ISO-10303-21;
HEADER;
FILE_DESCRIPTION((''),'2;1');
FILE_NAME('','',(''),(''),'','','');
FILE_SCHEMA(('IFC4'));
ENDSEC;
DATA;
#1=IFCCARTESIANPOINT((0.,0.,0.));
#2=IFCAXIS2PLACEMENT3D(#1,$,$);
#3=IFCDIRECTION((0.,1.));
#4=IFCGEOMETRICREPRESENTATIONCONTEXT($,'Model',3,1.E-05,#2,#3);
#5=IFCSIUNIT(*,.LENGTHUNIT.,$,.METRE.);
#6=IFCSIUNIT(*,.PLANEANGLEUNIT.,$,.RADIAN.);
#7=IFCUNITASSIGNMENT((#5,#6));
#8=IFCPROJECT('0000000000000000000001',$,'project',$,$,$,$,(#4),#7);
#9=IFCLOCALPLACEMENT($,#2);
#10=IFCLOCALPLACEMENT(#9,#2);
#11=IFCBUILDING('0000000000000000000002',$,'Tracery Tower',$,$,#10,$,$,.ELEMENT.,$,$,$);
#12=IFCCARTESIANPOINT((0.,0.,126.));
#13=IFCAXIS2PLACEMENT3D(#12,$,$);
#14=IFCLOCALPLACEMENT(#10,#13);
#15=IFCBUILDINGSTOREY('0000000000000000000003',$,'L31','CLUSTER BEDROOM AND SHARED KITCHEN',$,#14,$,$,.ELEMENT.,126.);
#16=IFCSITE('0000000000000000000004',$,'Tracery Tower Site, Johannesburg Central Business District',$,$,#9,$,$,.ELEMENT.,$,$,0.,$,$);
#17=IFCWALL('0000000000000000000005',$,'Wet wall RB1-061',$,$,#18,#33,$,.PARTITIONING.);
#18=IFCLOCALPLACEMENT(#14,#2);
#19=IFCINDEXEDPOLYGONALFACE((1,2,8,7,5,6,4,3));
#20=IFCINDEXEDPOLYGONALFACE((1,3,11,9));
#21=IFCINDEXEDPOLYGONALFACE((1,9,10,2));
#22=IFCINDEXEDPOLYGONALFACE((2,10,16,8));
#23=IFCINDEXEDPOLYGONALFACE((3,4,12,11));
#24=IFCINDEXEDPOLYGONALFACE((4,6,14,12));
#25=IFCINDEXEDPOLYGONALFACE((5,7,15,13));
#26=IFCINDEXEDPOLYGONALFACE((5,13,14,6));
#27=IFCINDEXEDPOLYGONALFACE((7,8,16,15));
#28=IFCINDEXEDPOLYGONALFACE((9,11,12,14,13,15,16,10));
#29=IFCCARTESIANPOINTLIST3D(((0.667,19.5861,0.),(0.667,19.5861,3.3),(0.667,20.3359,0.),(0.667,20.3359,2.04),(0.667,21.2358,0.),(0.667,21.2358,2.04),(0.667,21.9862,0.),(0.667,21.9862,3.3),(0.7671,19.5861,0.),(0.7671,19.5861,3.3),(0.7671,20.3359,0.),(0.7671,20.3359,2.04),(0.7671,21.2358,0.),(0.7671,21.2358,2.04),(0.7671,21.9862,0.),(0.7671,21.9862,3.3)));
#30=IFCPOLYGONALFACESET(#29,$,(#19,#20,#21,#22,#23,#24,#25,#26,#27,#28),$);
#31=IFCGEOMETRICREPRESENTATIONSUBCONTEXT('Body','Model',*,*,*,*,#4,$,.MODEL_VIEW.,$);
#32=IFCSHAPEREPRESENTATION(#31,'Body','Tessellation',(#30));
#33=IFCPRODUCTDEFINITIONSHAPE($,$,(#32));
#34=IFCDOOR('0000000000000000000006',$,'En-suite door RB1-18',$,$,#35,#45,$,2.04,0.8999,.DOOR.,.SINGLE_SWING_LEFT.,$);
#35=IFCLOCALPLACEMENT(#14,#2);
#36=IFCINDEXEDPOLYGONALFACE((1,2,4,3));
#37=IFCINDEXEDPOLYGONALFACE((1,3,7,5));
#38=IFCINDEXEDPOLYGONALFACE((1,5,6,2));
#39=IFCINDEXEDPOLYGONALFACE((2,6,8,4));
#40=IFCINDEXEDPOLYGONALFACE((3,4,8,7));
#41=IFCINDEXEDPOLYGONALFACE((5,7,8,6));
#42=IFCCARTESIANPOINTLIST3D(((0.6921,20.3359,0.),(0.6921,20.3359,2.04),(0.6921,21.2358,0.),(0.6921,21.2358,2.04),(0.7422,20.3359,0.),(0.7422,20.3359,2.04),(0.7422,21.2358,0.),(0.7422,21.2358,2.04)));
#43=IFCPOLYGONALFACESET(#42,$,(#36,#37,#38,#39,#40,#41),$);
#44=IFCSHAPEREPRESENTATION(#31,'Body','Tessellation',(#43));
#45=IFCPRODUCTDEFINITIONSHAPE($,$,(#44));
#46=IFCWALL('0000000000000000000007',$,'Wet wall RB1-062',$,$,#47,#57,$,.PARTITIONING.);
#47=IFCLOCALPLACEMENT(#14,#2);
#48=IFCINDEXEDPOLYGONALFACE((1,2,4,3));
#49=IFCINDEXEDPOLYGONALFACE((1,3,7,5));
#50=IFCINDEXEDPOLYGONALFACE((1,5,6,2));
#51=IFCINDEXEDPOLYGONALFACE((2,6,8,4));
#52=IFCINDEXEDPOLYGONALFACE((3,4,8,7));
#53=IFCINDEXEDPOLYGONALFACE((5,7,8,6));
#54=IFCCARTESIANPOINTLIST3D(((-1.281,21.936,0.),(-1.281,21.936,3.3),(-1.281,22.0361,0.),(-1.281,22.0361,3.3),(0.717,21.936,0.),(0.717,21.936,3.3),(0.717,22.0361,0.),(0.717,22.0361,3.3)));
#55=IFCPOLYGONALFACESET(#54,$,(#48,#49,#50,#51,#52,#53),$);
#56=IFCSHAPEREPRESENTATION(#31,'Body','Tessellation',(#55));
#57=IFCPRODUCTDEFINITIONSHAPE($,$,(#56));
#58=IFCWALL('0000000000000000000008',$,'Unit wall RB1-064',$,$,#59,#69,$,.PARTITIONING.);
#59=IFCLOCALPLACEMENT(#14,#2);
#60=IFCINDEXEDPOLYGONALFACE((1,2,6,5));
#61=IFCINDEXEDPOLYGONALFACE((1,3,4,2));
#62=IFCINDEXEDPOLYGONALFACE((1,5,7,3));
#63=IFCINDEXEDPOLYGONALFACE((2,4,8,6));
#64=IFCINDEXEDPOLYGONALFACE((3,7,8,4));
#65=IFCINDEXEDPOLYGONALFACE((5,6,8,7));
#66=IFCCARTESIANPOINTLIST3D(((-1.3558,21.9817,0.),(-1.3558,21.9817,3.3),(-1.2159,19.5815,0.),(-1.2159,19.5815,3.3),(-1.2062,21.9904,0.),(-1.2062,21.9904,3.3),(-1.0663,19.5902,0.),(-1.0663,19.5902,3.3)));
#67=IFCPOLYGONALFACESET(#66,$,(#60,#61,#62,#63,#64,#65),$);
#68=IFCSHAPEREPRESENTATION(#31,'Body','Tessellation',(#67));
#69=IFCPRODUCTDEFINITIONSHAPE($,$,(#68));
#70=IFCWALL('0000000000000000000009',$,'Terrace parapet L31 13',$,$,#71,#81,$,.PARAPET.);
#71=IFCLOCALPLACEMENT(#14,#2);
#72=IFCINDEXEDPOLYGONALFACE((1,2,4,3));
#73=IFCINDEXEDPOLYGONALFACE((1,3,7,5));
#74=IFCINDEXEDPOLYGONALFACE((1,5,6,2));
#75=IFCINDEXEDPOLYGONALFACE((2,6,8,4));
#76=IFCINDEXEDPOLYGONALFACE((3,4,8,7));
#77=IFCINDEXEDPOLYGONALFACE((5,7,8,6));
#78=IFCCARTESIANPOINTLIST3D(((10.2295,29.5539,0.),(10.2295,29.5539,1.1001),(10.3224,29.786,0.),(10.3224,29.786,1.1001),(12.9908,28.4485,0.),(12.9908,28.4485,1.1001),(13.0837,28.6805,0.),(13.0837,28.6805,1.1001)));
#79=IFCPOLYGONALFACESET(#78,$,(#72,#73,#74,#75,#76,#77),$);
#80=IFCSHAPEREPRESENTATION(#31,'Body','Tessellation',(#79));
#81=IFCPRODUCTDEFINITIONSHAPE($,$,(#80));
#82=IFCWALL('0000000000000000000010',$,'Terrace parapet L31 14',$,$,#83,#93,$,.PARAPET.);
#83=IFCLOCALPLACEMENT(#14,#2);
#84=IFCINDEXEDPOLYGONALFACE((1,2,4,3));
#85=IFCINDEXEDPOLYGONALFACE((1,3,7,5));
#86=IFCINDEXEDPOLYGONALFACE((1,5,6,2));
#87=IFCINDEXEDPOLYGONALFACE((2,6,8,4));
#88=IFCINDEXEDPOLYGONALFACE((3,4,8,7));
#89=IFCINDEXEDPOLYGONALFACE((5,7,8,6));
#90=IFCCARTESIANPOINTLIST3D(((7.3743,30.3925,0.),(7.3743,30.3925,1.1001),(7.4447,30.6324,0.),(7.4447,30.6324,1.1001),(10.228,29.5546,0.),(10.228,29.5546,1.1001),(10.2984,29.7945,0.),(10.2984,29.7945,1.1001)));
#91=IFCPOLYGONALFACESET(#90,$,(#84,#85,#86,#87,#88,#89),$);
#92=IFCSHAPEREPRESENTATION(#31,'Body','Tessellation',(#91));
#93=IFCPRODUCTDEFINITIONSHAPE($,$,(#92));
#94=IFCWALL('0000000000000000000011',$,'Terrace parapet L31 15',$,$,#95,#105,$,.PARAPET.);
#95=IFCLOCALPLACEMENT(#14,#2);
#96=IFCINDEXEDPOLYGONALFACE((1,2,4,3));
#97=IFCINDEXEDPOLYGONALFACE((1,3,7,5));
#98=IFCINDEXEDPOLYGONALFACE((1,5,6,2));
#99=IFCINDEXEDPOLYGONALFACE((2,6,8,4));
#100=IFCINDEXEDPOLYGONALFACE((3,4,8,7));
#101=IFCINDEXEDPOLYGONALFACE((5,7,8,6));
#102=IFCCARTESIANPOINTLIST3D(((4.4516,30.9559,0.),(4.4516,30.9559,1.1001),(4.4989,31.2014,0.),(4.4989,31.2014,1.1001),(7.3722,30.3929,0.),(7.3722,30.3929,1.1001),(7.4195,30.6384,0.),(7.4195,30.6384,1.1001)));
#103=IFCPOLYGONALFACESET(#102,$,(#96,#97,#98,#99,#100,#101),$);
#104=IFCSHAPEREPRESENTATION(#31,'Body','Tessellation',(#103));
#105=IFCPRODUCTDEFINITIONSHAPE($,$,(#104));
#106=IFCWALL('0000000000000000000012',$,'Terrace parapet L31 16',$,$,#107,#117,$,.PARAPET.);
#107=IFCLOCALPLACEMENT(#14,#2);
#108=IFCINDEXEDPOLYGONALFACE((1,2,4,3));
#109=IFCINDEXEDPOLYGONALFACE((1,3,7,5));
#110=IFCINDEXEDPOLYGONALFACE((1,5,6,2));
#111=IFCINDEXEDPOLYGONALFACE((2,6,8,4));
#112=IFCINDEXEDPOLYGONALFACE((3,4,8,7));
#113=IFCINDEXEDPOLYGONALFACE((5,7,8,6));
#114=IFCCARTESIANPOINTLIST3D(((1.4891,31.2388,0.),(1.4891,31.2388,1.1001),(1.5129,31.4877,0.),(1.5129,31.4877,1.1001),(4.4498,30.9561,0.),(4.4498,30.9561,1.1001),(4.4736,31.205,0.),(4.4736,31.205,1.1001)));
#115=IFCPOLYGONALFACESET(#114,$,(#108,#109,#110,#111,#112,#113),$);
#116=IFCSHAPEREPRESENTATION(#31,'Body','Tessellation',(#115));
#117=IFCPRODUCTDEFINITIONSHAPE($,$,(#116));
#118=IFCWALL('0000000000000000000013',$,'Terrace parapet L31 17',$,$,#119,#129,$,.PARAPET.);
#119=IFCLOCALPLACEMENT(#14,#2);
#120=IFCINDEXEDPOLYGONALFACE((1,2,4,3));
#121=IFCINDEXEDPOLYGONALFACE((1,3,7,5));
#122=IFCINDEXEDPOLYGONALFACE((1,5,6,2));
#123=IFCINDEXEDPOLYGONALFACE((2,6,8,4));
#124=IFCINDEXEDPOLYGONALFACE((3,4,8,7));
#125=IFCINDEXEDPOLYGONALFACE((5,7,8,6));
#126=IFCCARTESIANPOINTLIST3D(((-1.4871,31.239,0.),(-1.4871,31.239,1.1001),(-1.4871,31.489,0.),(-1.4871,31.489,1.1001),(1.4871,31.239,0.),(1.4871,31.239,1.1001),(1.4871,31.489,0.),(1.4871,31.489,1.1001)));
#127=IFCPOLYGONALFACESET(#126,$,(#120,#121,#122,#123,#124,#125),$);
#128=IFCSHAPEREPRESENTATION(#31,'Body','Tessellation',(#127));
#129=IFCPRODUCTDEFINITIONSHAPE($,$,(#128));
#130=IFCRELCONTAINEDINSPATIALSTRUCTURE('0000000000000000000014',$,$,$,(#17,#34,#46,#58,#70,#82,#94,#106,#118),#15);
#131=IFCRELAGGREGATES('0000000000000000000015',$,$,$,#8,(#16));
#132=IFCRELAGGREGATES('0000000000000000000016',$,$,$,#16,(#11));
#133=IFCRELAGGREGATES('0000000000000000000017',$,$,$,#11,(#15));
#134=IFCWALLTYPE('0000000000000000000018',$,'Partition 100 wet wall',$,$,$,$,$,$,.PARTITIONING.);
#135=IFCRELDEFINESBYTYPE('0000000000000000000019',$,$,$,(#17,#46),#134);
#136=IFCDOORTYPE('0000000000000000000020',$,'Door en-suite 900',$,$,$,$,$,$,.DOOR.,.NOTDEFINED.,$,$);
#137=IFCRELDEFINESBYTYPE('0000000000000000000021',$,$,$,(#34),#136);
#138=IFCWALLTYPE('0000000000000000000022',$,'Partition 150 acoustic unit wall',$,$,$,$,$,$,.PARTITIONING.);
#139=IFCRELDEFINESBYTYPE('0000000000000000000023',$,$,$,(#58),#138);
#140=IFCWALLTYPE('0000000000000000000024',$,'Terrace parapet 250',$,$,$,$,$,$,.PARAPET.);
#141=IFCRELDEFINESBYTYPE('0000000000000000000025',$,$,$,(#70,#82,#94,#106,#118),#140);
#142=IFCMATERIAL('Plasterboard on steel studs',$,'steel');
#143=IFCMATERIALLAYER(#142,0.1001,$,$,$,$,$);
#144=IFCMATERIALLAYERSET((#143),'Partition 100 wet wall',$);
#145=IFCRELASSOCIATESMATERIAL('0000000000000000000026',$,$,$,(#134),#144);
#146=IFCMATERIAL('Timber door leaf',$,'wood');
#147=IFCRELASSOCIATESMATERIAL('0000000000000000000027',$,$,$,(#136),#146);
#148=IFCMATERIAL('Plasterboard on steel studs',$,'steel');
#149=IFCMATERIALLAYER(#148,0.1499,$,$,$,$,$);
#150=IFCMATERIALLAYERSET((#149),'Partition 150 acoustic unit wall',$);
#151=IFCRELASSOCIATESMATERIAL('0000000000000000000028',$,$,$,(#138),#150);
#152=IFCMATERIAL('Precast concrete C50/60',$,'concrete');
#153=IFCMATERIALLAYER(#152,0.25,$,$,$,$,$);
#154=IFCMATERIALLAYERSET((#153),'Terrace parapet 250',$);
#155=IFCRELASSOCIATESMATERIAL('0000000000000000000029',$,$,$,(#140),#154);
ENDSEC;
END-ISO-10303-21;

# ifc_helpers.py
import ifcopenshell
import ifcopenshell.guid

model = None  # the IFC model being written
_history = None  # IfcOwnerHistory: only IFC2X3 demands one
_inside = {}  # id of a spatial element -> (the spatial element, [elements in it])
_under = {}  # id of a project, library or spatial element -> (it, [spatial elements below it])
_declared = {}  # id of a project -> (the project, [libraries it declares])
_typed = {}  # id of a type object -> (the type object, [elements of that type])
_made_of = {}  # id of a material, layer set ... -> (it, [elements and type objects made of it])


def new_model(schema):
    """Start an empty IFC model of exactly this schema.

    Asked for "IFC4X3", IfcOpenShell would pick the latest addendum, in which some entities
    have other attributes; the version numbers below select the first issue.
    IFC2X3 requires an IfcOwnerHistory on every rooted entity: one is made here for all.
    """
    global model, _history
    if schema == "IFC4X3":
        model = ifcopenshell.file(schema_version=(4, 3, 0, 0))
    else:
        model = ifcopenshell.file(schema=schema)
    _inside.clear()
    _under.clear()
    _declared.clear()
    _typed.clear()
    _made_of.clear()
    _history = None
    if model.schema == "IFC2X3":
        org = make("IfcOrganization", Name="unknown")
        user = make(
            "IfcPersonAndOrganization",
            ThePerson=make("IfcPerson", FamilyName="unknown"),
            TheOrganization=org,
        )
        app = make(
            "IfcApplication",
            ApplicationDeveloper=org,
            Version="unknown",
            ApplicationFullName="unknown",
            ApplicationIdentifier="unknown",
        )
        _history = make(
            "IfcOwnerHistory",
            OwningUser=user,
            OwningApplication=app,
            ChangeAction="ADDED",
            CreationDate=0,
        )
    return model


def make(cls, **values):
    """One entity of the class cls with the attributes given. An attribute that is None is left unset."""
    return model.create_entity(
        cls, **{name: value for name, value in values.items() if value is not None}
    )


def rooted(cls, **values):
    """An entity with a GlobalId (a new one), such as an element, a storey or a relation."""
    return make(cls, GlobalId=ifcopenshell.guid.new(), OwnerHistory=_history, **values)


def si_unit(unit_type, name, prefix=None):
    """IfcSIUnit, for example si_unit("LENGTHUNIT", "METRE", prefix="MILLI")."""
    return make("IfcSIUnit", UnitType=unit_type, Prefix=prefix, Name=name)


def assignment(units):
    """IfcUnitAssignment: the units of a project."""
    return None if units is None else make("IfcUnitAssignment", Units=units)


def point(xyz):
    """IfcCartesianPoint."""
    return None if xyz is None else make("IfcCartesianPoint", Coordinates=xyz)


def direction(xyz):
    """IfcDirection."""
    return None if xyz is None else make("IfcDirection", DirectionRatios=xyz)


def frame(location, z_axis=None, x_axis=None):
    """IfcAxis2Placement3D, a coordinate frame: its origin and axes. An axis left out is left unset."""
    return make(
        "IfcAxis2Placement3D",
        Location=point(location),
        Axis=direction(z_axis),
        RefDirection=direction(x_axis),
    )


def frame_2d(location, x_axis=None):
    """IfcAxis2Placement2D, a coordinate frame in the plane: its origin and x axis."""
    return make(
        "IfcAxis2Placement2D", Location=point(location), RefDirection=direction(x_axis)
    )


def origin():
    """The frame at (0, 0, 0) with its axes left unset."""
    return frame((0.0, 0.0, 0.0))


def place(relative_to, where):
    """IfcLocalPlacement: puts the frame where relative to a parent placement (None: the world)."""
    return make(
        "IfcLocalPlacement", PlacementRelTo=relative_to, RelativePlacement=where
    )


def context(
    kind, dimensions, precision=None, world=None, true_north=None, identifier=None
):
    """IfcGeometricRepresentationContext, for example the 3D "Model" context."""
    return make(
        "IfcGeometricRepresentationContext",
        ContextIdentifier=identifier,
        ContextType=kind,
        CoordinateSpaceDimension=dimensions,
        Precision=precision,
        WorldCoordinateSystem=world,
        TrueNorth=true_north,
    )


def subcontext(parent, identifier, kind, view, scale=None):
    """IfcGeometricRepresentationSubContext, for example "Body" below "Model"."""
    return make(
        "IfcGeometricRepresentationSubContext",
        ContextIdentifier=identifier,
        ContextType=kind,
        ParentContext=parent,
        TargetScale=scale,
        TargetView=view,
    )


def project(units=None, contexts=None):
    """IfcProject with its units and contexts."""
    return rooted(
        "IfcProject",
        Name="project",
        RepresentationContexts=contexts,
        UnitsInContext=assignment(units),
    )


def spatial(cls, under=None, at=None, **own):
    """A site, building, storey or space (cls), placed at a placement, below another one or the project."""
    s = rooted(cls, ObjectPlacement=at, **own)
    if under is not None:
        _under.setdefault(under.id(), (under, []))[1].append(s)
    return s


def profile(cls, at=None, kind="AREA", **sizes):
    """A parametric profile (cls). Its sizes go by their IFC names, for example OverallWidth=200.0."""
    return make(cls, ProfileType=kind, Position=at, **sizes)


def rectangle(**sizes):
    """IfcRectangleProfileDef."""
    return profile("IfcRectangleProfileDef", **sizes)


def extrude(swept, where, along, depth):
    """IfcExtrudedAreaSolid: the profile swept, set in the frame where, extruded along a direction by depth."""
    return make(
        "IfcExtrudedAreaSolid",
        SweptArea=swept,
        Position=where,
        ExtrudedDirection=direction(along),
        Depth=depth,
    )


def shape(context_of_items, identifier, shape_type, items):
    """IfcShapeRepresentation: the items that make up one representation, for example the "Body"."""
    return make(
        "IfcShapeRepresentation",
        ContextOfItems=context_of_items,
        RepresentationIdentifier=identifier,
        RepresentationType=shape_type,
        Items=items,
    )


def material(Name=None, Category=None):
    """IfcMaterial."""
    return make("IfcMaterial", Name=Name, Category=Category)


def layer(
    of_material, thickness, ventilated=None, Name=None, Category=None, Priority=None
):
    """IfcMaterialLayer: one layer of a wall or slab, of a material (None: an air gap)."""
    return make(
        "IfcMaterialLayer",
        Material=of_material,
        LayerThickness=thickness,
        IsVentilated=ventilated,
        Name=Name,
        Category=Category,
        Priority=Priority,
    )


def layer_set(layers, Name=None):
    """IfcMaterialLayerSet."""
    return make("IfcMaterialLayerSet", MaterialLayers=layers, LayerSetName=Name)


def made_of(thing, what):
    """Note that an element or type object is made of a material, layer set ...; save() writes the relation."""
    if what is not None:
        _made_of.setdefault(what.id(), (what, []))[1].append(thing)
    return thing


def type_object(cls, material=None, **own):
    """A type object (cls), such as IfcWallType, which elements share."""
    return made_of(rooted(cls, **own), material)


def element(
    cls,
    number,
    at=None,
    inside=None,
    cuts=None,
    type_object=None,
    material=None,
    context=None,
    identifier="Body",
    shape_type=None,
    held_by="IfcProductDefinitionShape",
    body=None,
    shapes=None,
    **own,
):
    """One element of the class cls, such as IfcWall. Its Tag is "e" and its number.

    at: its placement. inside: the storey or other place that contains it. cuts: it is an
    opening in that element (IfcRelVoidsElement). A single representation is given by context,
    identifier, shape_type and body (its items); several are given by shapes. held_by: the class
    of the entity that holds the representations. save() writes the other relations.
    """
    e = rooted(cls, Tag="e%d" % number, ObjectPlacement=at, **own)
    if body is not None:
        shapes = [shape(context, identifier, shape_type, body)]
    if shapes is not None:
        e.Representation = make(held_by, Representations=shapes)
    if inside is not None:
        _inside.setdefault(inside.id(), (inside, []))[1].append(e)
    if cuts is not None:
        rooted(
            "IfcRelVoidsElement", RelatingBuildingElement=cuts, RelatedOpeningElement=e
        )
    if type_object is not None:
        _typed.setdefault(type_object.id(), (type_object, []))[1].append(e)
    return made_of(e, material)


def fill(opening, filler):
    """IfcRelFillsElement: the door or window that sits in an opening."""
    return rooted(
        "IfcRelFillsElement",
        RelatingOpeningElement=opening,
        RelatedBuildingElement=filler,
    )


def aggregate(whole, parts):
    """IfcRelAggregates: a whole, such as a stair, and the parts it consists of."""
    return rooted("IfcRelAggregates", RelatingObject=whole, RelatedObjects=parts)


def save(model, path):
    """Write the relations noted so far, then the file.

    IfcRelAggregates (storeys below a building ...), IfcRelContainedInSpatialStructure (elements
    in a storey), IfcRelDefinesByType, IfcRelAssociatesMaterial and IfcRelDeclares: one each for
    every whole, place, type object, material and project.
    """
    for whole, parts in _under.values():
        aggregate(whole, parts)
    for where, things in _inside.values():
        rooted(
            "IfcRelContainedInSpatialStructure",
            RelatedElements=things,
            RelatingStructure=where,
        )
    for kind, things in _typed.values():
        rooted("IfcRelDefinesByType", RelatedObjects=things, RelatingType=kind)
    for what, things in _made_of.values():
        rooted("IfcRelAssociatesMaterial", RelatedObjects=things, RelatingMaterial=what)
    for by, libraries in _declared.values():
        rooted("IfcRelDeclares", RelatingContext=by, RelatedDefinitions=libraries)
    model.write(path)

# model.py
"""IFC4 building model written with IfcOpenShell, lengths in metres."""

from ifc_helpers import new_model, si_unit, direction, frame, frame_2d, origin, place, context, subcontext, project, spatial, rectangle, extrude, material, layer, layer_set, type_object, element, fill, save


model = new_model("IFC4")

# Units and contexts
model_context = context("Model", 3, precision=1e-05, world=origin(), true_north=direction((0.0, 1.0)))
body_context = subcontext(model_context, "Body", "Model", "MODEL_VIEW")
ifc_project = project(units=[si_unit("LENGTHUNIT", "METRE"), si_unit("PLANEANGLEUNIT", "RADIAN")], contexts=[model_context])

# Site, building, storey
site_placement = place(None, origin())
site = spatial("IfcSite", under=ifc_project, at=site_placement, Name="Tracery Tower Site, Johannesburg Central Business District", CompositionType="ELEMENT", RefElevation=0.0)
building_placement = place(site_placement, origin())
building = spatial("IfcBuilding", under=site, at=building_placement, Name="Tracery Tower", CompositionType="ELEMENT")
storey_placement = place(building_placement, frame((0.0, 0.0, 126.0)))
storey = spatial("IfcBuildingStorey", under=building, at=storey_placement, Name="L31", Description="CLUSTER BEDROOM AND SHARED KITCHEN", CompositionType="ELEMENT", Elevation=126.0)

# Shared definitions
ifc_material_1 = material(Name="Plasterboard on steel studs", Category="steel")
ifc_layer_1 = layer(ifc_material_1, 0.1001)
ifc_layer_set_1 = layer_set([ifc_layer_1], Name="Partition 100 wet wall")
wall_type_1 = type_object("IfcWallType", Name="Partition 100 wet wall", PredefinedType="PARTITIONING", material=ifc_layer_set_1)

# Wall, opening, door
wall_1_placement = place(storey_placement, frame((0.717, 19.5859, 0.0), z_axis=(0.0, 0.0, 1.0), x_axis=(0.0, 1.0, 0.0)))
wall_1 = element("IfcWall", 1, at=wall_1_placement, inside=storey, type_object=wall_type_1, Name="Wet wall RB1-061", PredefinedType="PARTITIONING", context=body_context, shape_type="SweptSolid", body=[
    extrude(rectangle(XDim=2.4001, YDim=0.1001, at=frame_2d((1.2002, 0.0))), origin(), (0.0, 0.0, 1.0), 3.3),
])
opening_1_placement = place(wall_1_placement, frame((0.75, 0.0, 0.0)))
opening_1 = element("IfcOpeningElement", 2, at=opening_1_placement, cuts=wall_1, PredefinedType="OPENING", context=body_context, shape_type="SweptSolid", body=[
    extrude(rectangle(XDim=0.8999, YDim=2.04, at=frame_2d((0.45, 1.02))), frame((0.0, 0.05, 0.0), z_axis=(0.0, -1.0, 0.0), x_axis=(1.0, 0.0, 0.0)), (0.0, 0.0, 1.0), 0.1001),
])
ifc_material_2 = material(Name="Timber door leaf", Category="wood")
door_type_1 = type_object("IfcDoorType", Name="Door en-suite 900", OperationType="NOTDEFINED", PredefinedType="DOOR", material=ifc_material_2)
door_1_placement = place(opening_1_placement, origin())
door_1 = element("IfcDoor", 3, at=door_1_placement, inside=storey, type_object=door_type_1, Name="En-suite door RB1-18", OperationType="SINGLE_SWING_LEFT", OverallHeight=2.04, OverallWidth=0.8999, PredefinedType="DOOR", context=body_context, shape_type="SweptSolid", body=[
    extrude(rectangle(XDim=0.8999, YDim=2.04, at=frame_2d((0.45, 1.02))), frame((0.0, 0.0249, 0.0), z_axis=(0.0, -1.0, 0.0), x_axis=(1.0, 0.0, 0.0)), (0.0, 0.0, 1.0), 0.05),
])
fill(opening_1, door_1)

# Walls
wall_2_placement = place(storey_placement, frame((-1.281, 21.9861, 0.0), z_axis=(0.0, 0.0, 1.0), x_axis=(1.0, 0.0, 0.0)))
element("IfcWall", 4, at=wall_2_placement, inside=storey, type_object=wall_type_1, Name="Wet wall RB1-062", PredefinedType="PARTITIONING", context=body_context, shape_type="SweptSolid", body=[
    extrude(rectangle(XDim=1.998, YDim=0.1001, at=frame_2d((0.999, 0.0))), origin(), (0.0, 0.0, 1.0), 3.3),
])
ifc_material_3 = material(Name="Plasterboard on steel studs", Category="steel")
ifc_layer_2 = layer(ifc_material_3, 0.1499)
ifc_layer_set_2 = layer_set([ifc_layer_2], Name="Partition 150 acoustic unit wall")
wall_type_2 = type_object("IfcWallType", Name="Partition 150 acoustic unit wall", PredefinedType="PARTITIONING", material=ifc_layer_set_2)
wall_3_placement = place(storey_placement, frame((-1.281, 21.9861, 0.0), z_axis=(0.0, 0.0, 1.0), x_axis=(0.058186, -0.998306, 0.0)))
element("IfcWall", 5, at=wall_3_placement, inside=storey, type_object=wall_type_2, Name="Unit wall RB1-064", PredefinedType="PARTITIONING", context=body_context, shape_type="SweptSolid", body=[
    extrude(rectangle(XDim=2.4043, YDim=0.1499, at=frame_2d((1.2021, 0.0))), origin(), (0.0, 0.0, 1.0), 3.3),
])
ifc_material_4 = material(Name="Precast concrete C50/60", Category="concrete")
ifc_layer_3 = layer(ifc_material_4, 0.25)
ifc_layer_set_3 = layer_set([ifc_layer_3], Name="Terrace parapet 250")
wall_type_3 = type_object("IfcWallType", Name="Terrace parapet 250", PredefinedType="PARAPET", material=ifc_layer_set_3)
wall_4_placement = place(storey_placement, frame((13.0374, 28.5645, 0.0), z_axis=(0.0, 0.0, 1.0), x_axis=(-0.928363, 0.371674, 0.0)))
element("IfcWall", 6, at=wall_4_placement, inside=storey, type_object=wall_type_3, Name="Terrace parapet L31 13", PredefinedType="PARAPET", context=body_context, shape_type="SweptSolid", body=[
    extrude(rectangle(XDim=2.9744, YDim=0.25, at=frame_2d((1.4873, 0.0))), origin(), (0.0, 0.0, 1.0), 1.1001),
])
wall_5_placement = place(storey_placement, frame((10.2632, 29.6746, 0.0), z_axis=(0.0, 0.0, 1.0), x_axis=(-0.959497, 0.281717, 0.0)))
element("IfcWall", 7, at=wall_5_placement, inside=storey, type_object=wall_type_3, Name="Terrace parapet L31 14", PredefinedType="PARAPET", context=body_context, shape_type="SweptSolid", body=[
    extrude(rectangle(XDim=2.9741, YDim=0.25, at=frame_2d((1.4871, 0.0))), origin(), (0.0, 0.0, 1.0), 1.1001),
])
wall_6_placement = place(storey_placement, frame((7.396, 30.5156, 0.0), z_axis=(0.0, 0.0, 1.0), x_axis=(-0.981924, 0.189277, 0.0)))
element("IfcWall", 8, at=wall_6_placement, inside=storey, type_object=wall_type_3, Name="Terrace parapet L31 15", PredefinedType="PARAPET", context=body_context, shape_type="SweptSolid", body=[
    extrude(rectangle(XDim=2.9744, YDim=0.25, at=frame_2d((1.4873, 0.0))), origin(), (0.0, 0.0, 1.0), 1.1001),
])
for number, where, z_axis, x_axis, name in (
    (9, (4.4617, 31.0806, 0.0), (0.0, 0.0, 1.0), (-0.995472, 0.095057, 0.0), "Terrace parapet L31 16"),
    (10, (1.4871, 31.364, 0.0), (0.0, 0.0, 1.0), (-1.0, 0.0, 0.0), "Terrace parapet L31 17"),
):
    element("IfcWall", number, at=place(storey_placement, frame(where, z_axis=z_axis, x_axis=x_axis)), inside=storey, type_object=wall_type_3, Name=name, PredefinedType="PARAPET", context=body_context, shape_type="SweptSolid", body=[
        extrude(rectangle(XDim=2.9741, YDim=0.25, at=frame_2d((1.4871, 0.0))), origin(), (0.0, 0.0, 1.0), 1.1001),
    ])

save(model, "model.ifc")
